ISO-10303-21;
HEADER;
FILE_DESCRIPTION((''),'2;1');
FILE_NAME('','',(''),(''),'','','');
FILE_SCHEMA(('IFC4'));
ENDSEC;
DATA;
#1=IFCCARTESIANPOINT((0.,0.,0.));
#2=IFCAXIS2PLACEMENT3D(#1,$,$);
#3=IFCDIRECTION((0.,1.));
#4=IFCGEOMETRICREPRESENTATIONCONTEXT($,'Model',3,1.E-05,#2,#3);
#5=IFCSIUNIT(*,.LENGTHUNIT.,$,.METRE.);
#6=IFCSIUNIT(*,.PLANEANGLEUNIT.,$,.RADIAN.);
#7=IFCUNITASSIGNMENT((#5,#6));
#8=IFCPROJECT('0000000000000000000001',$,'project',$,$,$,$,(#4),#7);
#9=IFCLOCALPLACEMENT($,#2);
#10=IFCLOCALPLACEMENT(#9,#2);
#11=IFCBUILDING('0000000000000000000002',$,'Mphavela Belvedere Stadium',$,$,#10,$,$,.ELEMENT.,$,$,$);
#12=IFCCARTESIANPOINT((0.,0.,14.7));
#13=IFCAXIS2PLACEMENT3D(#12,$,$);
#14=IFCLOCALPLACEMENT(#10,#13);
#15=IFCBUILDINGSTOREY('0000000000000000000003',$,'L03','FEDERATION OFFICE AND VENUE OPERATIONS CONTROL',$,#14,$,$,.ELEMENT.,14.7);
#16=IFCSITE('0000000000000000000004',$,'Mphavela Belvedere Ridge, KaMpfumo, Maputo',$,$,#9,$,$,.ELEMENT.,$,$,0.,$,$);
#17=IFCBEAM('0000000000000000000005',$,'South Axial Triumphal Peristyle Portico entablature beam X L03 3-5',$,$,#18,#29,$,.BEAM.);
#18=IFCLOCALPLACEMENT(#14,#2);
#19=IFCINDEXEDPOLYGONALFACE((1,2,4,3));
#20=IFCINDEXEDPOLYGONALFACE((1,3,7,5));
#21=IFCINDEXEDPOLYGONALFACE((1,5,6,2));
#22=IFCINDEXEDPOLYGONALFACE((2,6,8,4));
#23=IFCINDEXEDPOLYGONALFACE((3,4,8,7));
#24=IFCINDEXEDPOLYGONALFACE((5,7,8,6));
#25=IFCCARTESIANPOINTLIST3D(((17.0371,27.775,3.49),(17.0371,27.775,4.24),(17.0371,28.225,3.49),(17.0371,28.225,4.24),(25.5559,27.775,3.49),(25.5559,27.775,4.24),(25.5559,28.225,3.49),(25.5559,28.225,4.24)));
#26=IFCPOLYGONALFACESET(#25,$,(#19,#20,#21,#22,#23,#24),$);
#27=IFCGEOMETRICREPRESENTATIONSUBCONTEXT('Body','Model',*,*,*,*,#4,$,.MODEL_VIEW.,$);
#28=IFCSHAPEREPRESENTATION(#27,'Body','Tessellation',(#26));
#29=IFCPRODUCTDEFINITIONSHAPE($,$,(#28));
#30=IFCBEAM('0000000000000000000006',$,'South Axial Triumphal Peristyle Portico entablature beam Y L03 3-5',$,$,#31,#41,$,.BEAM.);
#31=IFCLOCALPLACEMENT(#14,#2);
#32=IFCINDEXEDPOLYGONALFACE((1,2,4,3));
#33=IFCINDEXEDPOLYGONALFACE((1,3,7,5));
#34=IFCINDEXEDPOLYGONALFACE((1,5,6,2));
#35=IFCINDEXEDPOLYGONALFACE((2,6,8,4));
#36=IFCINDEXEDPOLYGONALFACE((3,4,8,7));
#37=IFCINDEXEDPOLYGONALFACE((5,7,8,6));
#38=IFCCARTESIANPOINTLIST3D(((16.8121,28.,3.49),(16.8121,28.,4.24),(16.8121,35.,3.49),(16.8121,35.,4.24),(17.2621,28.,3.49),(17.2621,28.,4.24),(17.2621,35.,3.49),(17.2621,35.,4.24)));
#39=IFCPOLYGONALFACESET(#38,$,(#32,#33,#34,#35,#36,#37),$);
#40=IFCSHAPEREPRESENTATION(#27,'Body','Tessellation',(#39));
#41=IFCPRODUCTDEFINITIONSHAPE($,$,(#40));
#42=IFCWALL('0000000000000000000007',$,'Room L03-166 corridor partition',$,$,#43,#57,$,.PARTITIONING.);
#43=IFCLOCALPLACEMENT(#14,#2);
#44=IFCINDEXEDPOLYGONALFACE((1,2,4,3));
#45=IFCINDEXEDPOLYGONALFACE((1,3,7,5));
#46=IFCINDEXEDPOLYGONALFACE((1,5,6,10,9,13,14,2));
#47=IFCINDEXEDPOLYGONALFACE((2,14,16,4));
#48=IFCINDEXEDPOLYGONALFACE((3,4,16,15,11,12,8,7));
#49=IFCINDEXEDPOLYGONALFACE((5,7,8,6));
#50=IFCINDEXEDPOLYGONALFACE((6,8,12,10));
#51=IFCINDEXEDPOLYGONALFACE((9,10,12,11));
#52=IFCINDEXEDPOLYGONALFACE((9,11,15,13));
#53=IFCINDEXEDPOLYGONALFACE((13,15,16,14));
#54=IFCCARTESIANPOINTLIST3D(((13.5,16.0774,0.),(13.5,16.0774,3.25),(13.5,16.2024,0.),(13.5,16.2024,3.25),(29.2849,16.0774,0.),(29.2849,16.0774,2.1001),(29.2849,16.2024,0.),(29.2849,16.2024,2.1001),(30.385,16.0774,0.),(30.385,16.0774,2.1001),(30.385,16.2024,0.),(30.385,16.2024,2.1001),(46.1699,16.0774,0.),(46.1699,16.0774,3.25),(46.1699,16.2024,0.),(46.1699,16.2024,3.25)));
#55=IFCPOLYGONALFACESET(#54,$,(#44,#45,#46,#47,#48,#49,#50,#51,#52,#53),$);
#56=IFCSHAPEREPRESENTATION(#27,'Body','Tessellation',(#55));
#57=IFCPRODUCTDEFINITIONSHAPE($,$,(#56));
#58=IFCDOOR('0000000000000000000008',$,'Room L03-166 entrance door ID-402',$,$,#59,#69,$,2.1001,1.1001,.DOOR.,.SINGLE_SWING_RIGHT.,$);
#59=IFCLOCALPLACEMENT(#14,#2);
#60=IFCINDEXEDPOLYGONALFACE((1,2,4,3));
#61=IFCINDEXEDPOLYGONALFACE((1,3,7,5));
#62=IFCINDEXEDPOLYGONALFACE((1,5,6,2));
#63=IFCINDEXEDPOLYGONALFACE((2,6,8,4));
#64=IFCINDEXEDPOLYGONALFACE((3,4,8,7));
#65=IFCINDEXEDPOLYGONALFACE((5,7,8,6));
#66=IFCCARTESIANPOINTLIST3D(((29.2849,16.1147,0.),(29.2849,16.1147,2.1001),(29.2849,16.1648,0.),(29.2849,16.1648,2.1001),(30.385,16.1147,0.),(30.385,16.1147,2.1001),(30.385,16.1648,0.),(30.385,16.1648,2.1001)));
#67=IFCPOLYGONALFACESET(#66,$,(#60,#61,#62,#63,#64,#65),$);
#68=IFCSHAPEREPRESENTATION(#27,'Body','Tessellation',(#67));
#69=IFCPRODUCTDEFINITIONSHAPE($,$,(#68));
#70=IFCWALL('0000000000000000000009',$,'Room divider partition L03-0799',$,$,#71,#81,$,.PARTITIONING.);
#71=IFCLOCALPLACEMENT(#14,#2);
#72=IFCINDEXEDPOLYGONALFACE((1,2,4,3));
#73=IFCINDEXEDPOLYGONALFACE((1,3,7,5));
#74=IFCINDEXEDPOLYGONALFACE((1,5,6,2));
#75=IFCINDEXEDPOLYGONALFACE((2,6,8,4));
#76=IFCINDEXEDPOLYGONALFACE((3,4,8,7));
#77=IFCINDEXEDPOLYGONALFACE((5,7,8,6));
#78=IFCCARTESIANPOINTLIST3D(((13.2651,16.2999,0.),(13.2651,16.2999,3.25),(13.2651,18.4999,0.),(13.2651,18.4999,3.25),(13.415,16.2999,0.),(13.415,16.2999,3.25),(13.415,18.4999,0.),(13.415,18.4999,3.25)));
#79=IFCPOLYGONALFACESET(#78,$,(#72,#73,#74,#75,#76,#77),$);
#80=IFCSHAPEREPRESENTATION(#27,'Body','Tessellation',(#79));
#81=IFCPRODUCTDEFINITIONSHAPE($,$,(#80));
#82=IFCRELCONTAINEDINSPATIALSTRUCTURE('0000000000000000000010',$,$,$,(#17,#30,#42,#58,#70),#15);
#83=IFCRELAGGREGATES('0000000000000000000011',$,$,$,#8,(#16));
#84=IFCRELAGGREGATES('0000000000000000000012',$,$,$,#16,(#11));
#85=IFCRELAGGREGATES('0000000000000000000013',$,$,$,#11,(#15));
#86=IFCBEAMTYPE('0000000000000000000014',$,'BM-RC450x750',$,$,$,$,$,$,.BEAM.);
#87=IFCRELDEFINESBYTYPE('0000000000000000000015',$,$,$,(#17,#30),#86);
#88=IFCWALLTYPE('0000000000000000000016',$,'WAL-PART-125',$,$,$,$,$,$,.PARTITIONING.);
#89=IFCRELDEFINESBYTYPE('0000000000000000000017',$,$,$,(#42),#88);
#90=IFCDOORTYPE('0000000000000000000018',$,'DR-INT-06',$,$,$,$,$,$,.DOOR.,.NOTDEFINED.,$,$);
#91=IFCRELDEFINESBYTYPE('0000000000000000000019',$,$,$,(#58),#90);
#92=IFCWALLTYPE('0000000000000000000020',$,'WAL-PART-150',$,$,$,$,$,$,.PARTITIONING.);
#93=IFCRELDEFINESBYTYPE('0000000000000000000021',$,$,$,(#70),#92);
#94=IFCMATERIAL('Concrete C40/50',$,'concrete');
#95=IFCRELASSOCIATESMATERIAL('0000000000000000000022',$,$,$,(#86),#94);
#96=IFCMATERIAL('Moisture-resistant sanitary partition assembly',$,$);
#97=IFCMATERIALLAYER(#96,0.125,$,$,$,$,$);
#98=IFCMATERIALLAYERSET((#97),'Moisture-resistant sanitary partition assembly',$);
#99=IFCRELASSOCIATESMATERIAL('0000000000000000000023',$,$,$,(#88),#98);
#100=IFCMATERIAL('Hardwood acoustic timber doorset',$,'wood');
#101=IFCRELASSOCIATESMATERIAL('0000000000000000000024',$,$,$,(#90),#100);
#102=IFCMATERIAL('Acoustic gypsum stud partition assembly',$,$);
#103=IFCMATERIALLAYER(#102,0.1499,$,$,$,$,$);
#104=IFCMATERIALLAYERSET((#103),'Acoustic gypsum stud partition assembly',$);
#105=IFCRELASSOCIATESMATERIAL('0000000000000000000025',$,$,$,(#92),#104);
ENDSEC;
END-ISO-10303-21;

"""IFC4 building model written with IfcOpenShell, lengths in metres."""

from ifc_helpers import new_model, si_unit, direction, frame, frame_2d, origin, origin_2d, place, context, subcontext, project, spatial, rectangle, extrude, material, layer, layer_set, material_profile, profile_set, type_object, element, fill, save


model = new_model("IFC4")

# Units and contexts
model_context = context("Model", 3, precision=1e-05, world=origin(), true_north=direction((0.0, 1.0)))
body_context = subcontext(model_context, "Body", "Model", "MODEL_VIEW")
ifc_project = project(units=[si_unit("LENGTHUNIT", "METRE"), si_unit("PLANEANGLEUNIT", "RADIAN")], contexts=[model_context])

# Site, building, storey
site_placement = place(None, origin())
site = spatial("IfcSite", under=ifc_project, at=site_placement, Name="Mphavela Belvedere Ridge, KaMpfumo, Maputo", CompositionType="ELEMENT", RefElevation=0.0)
building_placement = place(site_placement, origin())
building = spatial("IfcBuilding", under=site, at=building_placement, Name="Mphavela Belvedere Stadium", CompositionType="ELEMENT")
storey_placement = place(building_placement, frame((0.0, 0.0, 14.7)))
storey = spatial("IfcBuildingStorey", under=building, at=storey_placement, Name="L03", Description="FEDERATION OFFICE AND VENUE OPERATIONS CONTROL", CompositionType="ELEMENT", Elevation=14.7)

# Beams
ifc_material_1 = material(Name="Concrete C40/50", Category="concrete")
ifc_material_profile_1 = material_profile(ifc_material_1, rectangle(XDim=0.45, YDim=0.75, at=origin_2d()), Name="RC 450x750")
ifc_profile_set_1 = profile_set([ifc_material_profile_1], Name="Concrete C40/50")
beam_type_1 = type_object("IfcBeamType", Name="BM-RC450x750", PredefinedType="BEAM", material=ifc_profile_set_1)
beam_1_placement = place(storey_placement, frame((17.0371, 28.0, 3.865), z_axis=(1.0, 0.0, 0.0), x_axis=(0.0, 1.0, 0.0)))
element("IfcBeam", 1, at=beam_1_placement, inside=storey, type_object=beam_type_1, Name="South Axial Triumphal Peristyle Portico entablature beam X L03 3-5", PredefinedType="BEAM", context=body_context, shape_type="SweptSolid", body=[
    extrude(rectangle(XDim=0.45, YDim=0.75, at=origin_2d()), origin(), (0.0, 0.0, 1.0), 8.5188),
])
beam_2_placement = place(storey_placement, frame((17.0371, 28.0, 3.865), z_axis=(0.0, 1.0, 0.0), x_axis=(-1.0, 0.0, 0.0)))
element("IfcBeam", 2, at=beam_2_placement, inside=storey, type_object=beam_type_1, Name="South Axial Triumphal Peristyle Portico entablature beam Y L03 3-5", PredefinedType="BEAM", context=body_context, shape_type="SweptSolid", body=[
    extrude(rectangle(XDim=0.45, YDim=0.75, at=origin_2d()), origin(), (0.0, 0.0, 1.0), 7.0),
])

# Wall, opening, door
ifc_material_2 = material(Name="Moisture-resistant sanitary partition assembly")
ifc_layer_1 = layer(ifc_material_2, 0.125)
ifc_layer_set_1 = layer_set([ifc_layer_1], Name="Moisture-resistant sanitary partition assembly")
wall_type_1 = type_object("IfcWallType", Name="WAL-PART-125", PredefinedType="PARTITIONING", material=ifc_layer_set_1)
wall_1_placement = place(storey_placement, frame((13.5, 16.1399, 0.0), z_axis=(0.0, 0.0, 1.0), x_axis=(1.0, 0.0, 0.0)))
wall_1 = element("IfcWall", 3, at=wall_1_placement, inside=storey, type_object=wall_type_1, Name="Room L03-166 corridor partition", PredefinedType="PARTITIONING", context=body_context, shape_type="SweptSolid", body=[
    extrude(rectangle(XDim=32.6699, YDim=0.125, at=frame_2d((16.335, 0.0))), origin(), (0.0, 0.0, 1.0), 3.25),
])
opening_placement = place(wall_1_placement, frame((15.7849, 0.0, 0.0)))
opening = element("IfcOpeningElement", 4, at=opening_placement, cuts=wall_1, PredefinedType="OPENING", context=body_context, shape_type="SweptSolid", body=[
    extrude(rectangle(XDim=1.1001, YDim=2.1001, at=frame_2d((0.55, 1.05))), frame((0.0, 0.0725, 0.0), z_axis=(0.0, -1.0, 0.0), x_axis=(1.0, 0.0, 0.0)), (0.0, 0.0, 1.0), 0.145),
])
ifc_material_3 = material(Name="Hardwood acoustic timber doorset", Category="wood")
door_type = type_object("IfcDoorType", Name="DR-INT-06", OperationType="NOTDEFINED", PredefinedType="DOOR", material=ifc_material_3)
door_placement = place(opening_placement, origin())
door = element("IfcDoor", 5, at=door_placement, inside=storey, type_object=door_type, Name="Room L03-166 entrance door ID-402", OperationType="SINGLE_SWING_RIGHT", OverallHeight=2.1001, OverallWidth=1.1001, PredefinedType="DOOR", context=body_context, shape_type="SweptSolid", body=[
    extrude(rectangle(XDim=1.1001, YDim=2.1001, at=frame_2d((0.55, 1.05))), frame((0.0, 0.0249, 0.0), z_axis=(0.0, -1.0, 0.0), x_axis=(1.0, 0.0, 0.0)), (0.0, 0.0, 1.0), 0.05),
])
fill(opening, door)

# Wall
ifc_material_4 = material(Name="Acoustic gypsum stud partition assembly")
ifc_layer_2 = layer(ifc_material_4, 0.1499)
ifc_layer_set_2 = layer_set([ifc_layer_2], Name="Acoustic gypsum stud partition assembly")
wall_type_2 = type_object("IfcWallType", Name="WAL-PART-150", PredefinedType="PARTITIONING", material=ifc_layer_set_2)
wall_2_placement = place(storey_placement, frame((13.3401, 18.5, 0.0), z_axis=(0.0, 0.0, 1.0), x_axis=(0.0, -1.0, 0.0)))
element("IfcWall", 6, at=wall_2_placement, inside=storey, type_object=wall_type_2, Name="Room divider partition L03-0799", PredefinedType="PARTITIONING", context=body_context, shape_type="SweptSolid", body=[
    extrude(rectangle(XDim=2.2, YDim=0.1499, at=frame_2d((1.1001, 0.0))), origin(), (0.0, 0.0, 1.0), 3.25),
])

save(model, "model.ifc")
